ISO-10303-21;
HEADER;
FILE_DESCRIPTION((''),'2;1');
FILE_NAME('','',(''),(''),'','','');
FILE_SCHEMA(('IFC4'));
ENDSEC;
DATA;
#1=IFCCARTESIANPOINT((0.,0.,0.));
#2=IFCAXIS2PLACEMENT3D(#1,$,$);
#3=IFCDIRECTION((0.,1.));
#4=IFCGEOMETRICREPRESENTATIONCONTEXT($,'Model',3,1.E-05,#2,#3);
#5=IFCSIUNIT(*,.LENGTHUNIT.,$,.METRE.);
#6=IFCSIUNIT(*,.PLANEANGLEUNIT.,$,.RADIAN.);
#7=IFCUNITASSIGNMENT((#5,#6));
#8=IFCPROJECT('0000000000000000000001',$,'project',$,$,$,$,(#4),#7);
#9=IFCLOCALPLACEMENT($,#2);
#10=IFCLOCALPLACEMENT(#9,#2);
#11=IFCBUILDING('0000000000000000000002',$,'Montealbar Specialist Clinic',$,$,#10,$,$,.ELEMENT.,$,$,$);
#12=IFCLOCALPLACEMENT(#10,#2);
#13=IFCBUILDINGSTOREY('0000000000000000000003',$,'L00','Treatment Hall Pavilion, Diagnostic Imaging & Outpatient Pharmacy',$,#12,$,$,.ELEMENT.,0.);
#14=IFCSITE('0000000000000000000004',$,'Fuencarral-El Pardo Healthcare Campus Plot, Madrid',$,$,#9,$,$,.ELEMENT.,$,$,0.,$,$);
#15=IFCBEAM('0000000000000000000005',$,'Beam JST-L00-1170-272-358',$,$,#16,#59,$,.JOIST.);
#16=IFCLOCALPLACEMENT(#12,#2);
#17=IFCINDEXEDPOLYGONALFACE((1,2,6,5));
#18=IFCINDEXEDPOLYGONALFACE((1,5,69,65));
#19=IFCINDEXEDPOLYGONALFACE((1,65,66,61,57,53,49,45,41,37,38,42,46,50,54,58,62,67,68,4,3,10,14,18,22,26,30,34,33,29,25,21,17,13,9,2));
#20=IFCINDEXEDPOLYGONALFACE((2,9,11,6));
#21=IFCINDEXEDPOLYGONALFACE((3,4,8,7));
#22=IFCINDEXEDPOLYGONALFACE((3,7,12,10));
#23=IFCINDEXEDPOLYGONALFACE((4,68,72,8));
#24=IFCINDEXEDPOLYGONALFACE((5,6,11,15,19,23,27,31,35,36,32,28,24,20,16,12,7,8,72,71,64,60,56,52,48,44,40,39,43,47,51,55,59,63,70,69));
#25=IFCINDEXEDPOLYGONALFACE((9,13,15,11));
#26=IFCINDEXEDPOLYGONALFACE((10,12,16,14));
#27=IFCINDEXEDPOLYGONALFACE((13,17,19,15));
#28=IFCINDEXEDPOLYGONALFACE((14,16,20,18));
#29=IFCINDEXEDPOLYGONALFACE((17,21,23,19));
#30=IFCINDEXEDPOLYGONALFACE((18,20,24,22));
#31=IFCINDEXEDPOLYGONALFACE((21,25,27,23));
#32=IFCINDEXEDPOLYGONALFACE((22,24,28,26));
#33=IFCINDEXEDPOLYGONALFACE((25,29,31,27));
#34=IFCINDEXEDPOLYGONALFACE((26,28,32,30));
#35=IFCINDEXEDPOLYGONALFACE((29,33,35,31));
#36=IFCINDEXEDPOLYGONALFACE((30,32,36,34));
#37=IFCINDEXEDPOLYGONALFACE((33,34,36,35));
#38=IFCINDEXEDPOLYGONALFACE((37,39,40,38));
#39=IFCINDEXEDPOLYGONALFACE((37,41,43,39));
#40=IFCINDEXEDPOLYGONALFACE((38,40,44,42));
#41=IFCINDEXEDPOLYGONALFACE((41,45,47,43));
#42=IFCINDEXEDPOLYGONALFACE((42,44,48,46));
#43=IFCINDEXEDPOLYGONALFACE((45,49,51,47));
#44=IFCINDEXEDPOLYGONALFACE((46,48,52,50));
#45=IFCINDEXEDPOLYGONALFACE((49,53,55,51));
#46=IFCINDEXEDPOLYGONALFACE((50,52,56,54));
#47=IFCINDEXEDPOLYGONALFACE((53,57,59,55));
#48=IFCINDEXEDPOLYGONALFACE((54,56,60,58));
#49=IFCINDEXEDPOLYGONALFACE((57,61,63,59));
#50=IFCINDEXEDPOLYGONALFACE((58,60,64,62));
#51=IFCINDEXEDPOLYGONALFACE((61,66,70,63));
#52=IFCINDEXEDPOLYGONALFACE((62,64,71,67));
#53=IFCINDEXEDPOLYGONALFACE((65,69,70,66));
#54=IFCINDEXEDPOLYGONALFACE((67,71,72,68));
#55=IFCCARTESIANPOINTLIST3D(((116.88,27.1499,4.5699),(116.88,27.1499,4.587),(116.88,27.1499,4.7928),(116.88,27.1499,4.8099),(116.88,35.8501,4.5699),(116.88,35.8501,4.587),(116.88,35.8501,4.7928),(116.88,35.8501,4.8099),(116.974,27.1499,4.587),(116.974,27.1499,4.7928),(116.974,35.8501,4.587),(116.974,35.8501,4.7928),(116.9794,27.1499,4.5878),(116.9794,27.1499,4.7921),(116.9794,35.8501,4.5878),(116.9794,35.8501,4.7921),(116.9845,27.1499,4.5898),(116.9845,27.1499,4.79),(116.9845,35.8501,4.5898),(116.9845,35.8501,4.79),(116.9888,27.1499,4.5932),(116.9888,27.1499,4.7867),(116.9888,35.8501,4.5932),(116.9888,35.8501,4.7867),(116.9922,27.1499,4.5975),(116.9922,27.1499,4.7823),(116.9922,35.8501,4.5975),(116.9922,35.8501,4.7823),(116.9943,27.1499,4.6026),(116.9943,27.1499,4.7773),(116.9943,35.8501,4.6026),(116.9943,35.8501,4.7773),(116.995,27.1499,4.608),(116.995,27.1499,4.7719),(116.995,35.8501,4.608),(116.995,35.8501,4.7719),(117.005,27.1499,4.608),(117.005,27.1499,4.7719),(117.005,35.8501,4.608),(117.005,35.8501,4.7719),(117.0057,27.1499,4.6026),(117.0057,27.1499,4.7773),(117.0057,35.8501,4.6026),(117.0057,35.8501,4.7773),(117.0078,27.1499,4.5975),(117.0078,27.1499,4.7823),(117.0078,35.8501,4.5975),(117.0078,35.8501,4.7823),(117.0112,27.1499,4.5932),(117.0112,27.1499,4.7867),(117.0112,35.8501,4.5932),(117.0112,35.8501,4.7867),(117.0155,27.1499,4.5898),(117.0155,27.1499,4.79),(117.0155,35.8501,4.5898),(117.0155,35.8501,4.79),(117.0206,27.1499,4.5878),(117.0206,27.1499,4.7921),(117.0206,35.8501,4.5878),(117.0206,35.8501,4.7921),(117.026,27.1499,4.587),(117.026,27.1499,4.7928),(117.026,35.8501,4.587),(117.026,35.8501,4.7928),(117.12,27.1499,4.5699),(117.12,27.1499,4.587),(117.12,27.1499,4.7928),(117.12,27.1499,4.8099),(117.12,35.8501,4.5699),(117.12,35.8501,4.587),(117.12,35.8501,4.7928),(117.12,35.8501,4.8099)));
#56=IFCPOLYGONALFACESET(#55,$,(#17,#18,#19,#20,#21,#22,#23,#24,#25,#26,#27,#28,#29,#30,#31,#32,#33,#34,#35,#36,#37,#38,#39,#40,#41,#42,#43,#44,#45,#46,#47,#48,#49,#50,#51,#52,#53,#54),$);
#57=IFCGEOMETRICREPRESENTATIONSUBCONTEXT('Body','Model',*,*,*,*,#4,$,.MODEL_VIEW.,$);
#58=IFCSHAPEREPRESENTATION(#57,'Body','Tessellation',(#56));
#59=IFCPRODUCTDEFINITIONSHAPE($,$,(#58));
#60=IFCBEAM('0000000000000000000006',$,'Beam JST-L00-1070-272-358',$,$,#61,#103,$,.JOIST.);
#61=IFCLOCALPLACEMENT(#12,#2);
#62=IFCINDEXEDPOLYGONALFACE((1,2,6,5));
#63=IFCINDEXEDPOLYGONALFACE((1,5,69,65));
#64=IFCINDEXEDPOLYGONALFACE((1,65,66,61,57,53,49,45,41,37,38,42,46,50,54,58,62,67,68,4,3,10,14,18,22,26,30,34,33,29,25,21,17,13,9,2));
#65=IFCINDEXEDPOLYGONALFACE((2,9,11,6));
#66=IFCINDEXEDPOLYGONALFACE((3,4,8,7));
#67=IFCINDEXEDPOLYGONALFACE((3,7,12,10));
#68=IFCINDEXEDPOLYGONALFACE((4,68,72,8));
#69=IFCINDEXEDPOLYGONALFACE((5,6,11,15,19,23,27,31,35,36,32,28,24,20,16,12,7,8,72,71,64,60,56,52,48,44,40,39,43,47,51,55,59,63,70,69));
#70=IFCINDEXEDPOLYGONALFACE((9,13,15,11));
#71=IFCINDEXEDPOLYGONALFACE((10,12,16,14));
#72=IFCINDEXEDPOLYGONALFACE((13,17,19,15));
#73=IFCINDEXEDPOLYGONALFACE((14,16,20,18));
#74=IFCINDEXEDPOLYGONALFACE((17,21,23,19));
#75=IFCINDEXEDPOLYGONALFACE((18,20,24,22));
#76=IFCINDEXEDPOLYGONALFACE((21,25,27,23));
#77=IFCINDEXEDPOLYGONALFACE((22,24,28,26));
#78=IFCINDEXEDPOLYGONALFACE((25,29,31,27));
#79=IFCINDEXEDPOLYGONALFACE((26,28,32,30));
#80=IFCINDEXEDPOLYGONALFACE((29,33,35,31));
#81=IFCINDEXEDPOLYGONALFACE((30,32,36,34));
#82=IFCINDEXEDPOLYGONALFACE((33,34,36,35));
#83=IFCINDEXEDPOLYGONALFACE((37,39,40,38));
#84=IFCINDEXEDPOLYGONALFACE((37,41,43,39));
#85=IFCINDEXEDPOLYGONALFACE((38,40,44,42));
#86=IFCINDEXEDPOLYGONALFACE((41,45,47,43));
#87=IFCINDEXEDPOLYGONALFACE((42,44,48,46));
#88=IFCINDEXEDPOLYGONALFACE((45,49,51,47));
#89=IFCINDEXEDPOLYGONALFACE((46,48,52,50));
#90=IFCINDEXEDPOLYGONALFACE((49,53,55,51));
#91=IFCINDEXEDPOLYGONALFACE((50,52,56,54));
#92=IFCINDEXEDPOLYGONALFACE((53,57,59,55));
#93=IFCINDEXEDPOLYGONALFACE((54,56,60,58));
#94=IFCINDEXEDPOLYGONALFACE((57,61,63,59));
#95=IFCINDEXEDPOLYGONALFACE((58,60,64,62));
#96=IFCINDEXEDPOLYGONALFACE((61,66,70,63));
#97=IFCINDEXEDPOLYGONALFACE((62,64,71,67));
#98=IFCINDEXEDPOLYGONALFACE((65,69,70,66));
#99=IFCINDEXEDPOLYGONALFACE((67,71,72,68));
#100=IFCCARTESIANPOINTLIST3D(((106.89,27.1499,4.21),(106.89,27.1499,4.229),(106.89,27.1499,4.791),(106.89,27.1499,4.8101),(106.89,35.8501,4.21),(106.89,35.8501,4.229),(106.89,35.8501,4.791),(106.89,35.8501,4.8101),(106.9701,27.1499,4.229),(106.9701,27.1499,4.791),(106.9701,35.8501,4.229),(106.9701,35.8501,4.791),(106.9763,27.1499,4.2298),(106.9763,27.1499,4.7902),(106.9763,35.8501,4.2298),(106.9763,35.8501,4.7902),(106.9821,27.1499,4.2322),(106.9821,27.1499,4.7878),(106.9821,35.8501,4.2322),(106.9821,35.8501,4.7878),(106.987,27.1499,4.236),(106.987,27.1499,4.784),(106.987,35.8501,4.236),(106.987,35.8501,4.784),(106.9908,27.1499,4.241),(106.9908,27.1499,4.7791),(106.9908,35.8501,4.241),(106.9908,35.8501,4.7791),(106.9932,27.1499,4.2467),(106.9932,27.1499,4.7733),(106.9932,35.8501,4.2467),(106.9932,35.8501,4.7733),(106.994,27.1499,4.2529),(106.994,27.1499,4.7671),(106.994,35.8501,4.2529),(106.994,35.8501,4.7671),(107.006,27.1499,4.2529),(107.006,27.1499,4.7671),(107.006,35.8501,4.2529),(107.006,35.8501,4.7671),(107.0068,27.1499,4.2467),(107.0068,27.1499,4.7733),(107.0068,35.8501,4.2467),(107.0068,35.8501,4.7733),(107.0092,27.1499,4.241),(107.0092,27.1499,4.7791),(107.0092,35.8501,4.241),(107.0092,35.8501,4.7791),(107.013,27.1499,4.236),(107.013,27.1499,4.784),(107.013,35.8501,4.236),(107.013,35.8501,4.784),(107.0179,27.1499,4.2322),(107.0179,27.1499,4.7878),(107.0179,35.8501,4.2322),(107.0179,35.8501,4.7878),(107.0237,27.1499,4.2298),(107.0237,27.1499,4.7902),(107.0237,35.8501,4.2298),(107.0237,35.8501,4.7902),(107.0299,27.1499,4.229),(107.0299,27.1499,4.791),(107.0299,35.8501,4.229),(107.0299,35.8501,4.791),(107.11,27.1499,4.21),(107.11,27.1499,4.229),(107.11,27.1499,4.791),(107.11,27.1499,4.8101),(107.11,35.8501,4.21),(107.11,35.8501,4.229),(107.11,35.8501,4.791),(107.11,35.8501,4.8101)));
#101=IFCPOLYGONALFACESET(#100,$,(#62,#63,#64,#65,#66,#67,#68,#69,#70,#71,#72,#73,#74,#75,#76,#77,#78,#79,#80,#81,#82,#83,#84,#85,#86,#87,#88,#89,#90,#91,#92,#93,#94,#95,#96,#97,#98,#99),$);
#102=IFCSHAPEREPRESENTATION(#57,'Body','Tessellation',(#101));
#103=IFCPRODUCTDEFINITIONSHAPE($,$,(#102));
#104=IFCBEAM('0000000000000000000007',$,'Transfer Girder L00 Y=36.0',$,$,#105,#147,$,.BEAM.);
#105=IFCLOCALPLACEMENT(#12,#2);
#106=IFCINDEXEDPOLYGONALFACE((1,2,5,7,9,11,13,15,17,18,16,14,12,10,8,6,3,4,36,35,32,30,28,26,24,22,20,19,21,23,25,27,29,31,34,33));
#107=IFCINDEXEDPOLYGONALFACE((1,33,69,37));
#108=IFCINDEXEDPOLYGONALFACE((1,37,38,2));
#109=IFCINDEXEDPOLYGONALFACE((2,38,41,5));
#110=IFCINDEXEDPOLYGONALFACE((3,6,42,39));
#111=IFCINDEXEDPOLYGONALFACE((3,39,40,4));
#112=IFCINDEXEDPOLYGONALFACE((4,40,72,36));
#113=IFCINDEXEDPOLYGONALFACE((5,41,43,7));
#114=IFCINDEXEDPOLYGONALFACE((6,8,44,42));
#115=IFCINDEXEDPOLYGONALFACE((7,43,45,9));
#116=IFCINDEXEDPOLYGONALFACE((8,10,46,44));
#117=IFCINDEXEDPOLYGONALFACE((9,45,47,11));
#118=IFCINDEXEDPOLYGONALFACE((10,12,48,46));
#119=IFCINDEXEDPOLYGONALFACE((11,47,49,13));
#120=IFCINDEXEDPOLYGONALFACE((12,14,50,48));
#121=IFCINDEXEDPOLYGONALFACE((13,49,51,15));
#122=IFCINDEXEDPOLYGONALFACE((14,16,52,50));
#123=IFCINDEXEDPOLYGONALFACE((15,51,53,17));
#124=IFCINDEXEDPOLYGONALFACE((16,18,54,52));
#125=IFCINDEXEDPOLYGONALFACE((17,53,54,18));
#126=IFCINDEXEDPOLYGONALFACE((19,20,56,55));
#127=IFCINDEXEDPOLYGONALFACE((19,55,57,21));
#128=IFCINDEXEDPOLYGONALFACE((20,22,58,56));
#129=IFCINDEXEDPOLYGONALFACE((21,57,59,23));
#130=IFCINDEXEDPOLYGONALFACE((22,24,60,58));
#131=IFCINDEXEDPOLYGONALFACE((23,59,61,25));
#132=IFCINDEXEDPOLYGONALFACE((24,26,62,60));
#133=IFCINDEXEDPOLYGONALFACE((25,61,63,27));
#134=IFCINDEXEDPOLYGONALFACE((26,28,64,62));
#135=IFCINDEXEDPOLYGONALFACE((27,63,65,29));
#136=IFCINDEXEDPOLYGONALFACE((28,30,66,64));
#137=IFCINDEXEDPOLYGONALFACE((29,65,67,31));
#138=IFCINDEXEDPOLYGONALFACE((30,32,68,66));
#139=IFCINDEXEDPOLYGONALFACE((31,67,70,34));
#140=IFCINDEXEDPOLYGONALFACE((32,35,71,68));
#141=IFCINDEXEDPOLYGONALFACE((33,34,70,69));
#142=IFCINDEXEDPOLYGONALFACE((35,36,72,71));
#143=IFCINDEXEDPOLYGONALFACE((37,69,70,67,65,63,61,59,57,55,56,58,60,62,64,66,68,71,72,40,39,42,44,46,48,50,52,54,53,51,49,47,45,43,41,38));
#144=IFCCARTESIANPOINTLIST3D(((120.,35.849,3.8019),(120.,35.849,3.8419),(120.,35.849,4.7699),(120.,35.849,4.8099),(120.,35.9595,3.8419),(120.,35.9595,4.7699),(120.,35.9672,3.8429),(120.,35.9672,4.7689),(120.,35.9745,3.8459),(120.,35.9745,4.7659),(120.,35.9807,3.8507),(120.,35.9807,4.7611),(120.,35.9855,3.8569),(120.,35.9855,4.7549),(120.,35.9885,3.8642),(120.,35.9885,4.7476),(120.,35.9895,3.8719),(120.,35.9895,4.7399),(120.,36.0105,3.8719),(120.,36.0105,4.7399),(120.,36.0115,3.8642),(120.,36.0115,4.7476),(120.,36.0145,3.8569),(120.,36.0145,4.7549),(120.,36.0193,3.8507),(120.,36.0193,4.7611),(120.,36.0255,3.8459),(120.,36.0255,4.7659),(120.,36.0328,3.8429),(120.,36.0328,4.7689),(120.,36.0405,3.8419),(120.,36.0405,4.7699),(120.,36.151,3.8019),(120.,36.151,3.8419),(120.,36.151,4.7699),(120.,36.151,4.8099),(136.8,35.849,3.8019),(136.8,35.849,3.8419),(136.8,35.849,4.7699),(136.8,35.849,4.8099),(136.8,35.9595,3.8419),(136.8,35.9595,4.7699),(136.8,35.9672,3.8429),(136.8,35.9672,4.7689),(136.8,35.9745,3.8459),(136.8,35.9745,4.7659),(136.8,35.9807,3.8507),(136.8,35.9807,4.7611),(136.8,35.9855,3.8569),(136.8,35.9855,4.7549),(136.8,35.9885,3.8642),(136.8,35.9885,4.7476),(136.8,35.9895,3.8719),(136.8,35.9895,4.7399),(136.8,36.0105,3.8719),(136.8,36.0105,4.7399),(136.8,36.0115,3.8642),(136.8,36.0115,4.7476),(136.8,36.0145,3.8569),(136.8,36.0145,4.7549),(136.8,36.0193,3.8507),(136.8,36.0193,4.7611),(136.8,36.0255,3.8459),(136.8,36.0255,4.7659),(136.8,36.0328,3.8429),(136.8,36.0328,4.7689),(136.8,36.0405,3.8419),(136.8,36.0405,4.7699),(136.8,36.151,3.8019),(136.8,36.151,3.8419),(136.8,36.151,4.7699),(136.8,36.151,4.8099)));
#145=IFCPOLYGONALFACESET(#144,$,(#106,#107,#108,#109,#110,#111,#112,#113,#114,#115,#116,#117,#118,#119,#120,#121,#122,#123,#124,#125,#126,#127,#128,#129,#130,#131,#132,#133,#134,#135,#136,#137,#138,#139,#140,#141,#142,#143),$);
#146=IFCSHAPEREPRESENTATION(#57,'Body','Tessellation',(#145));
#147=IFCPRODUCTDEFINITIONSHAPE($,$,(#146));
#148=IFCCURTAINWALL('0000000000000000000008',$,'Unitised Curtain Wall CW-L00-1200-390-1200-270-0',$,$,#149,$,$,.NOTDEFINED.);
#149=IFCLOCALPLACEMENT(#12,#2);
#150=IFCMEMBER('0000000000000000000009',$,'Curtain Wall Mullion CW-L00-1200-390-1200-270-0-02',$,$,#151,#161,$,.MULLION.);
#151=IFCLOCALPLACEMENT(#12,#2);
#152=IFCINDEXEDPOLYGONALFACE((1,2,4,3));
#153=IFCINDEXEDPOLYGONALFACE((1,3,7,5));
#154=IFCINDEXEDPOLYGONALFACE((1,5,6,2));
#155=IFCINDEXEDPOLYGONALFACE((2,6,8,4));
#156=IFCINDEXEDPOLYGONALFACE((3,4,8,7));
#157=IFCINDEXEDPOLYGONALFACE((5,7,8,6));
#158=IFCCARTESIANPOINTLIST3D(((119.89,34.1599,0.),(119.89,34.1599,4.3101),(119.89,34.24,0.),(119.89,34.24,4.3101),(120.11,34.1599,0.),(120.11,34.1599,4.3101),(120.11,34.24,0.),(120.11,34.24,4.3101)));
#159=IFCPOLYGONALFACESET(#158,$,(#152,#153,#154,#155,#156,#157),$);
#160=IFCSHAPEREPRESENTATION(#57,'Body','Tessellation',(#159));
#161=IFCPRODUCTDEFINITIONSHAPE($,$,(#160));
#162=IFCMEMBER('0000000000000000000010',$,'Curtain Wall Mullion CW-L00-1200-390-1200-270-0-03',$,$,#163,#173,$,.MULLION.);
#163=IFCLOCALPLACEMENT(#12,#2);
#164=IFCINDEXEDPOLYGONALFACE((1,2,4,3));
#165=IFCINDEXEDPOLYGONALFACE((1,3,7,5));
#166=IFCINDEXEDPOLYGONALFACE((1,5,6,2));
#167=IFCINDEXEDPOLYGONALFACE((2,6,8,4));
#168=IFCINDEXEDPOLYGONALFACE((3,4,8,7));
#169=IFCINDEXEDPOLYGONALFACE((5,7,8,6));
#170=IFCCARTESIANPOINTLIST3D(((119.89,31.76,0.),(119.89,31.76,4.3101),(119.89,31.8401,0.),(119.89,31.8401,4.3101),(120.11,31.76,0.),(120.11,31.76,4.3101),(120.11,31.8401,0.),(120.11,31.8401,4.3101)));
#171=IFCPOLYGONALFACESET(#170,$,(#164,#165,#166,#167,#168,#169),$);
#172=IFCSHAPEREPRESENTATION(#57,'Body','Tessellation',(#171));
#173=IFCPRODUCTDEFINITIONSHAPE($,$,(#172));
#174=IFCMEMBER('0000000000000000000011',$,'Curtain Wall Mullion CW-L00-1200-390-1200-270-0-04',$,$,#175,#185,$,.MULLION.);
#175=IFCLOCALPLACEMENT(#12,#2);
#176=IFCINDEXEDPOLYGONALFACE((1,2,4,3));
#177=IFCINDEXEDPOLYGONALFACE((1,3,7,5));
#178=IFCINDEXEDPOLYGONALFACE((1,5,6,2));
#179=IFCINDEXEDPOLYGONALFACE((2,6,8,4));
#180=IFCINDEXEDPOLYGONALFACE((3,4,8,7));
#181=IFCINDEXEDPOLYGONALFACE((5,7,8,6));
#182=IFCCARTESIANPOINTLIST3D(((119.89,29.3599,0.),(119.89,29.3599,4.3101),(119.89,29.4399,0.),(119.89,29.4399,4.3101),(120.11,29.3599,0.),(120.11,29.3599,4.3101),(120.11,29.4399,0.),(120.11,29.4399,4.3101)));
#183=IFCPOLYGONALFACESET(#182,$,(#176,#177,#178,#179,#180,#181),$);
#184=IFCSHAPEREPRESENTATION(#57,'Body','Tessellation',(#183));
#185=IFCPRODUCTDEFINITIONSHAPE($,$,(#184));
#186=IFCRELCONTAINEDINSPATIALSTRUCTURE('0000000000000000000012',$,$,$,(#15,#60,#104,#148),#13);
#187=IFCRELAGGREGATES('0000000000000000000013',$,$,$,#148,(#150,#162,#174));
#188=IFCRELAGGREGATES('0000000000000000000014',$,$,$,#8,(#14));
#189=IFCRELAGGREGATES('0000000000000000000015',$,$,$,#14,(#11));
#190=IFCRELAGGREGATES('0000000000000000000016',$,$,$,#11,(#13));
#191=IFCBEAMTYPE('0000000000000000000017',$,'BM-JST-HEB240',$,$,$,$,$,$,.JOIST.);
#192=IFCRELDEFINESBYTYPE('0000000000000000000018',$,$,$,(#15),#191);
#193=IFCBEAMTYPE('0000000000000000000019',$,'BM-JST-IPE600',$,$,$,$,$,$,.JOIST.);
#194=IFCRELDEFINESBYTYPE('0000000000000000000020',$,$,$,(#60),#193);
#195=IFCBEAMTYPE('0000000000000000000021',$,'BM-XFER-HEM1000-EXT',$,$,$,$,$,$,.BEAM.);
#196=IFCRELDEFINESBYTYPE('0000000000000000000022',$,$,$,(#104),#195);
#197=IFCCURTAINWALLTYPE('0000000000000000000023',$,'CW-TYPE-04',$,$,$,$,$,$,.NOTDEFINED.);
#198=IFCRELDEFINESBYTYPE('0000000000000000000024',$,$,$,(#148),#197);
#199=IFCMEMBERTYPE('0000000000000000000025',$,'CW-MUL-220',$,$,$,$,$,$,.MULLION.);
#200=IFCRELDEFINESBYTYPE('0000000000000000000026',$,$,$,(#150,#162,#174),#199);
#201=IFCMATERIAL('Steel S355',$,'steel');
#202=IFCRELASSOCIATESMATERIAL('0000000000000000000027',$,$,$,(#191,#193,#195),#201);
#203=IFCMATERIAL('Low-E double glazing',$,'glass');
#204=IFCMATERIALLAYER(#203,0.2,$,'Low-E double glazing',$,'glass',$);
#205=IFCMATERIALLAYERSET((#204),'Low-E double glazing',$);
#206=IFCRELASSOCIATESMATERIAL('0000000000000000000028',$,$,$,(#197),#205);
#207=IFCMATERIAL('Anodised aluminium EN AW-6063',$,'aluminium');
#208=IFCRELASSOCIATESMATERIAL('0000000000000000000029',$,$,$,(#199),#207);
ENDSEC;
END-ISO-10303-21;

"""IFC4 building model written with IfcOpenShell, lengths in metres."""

from ifc_helpers import new_model, si_unit, direction, frame, origin, origin_2d, place, context, subcontext, project, spatial, rectangle, i_section, extrude, material, layer, layer_set, material_profile, profile_set, type_object, element, aggregate, save


model = new_model("IFC4")

# Units and contexts
model_context = context("Model", 3, precision=1e-05, world=origin(), true_north=direction((0.0, 1.0)))
body_context = subcontext(model_context, "Body", "Model", "MODEL_VIEW")
ifc_project = project(units=[si_unit("LENGTHUNIT", "METRE"), si_unit("PLANEANGLEUNIT", "RADIAN")], contexts=[model_context])

# Site, building, storey
site_placement = place(None, origin())
site = spatial("IfcSite", under=ifc_project, at=site_placement, Name="Fuencarral-El Pardo Healthcare Campus Plot, Madrid", CompositionType="ELEMENT", RefElevation=0.0)
building_placement = place(site_placement, origin())
building = spatial("IfcBuilding", under=site, at=building_placement, Name="Montealbar Specialist Clinic", CompositionType="ELEMENT")
storey_placement = place(building_placement, origin())
storey = spatial("IfcBuildingStorey", under=building, at=storey_placement, Name="L00", Description="Treatment Hall Pavilion, Diagnostic Imaging & Outpatient Pharmacy", CompositionType="ELEMENT", Elevation=0.0)

# Shared definitions
ifc_material_1 = material(Name="Steel S355", Category="steel")

# Beams
ifc_material_profile_1 = material_profile(ifc_material_1, i_section(OverallWidth=0.24, OverallDepth=0.24, WebThickness=0.01, FlangeThickness=0.0171, FilletRadius=0.021, at=origin_2d()), Name="HEB 240", Category="steel")
ifc_profile_set_1 = profile_set([ifc_material_profile_1], Name="Steel S355")
beam_type_1 = type_object("IfcBeamType", Name="BM-JST-HEB240", PredefinedType="JOIST", material=ifc_profile_set_1)
beam_1_placement = place(storey_placement, frame((117.0, 27.1499, 4.6899), z_axis=(0.0, 1.0, 0.0), x_axis=(-1.0, 0.0, 0.0)))
element("IfcBeam", 1, at=beam_1_placement, inside=storey, type_object=beam_type_1, Name="Beam JST-L00-1170-272-358", PredefinedType="JOIST", context=body_context, shape_type="SweptSolid", body=[
    extrude(i_section(OverallWidth=0.24, OverallDepth=0.24, WebThickness=0.01, FlangeThickness=0.0171, FilletRadius=0.021, at=origin_2d()), origin(), (0.0, 0.0, 1.0), 8.7002),
])
ifc_material_profile_2 = material_profile(ifc_material_1, i_section(OverallWidth=0.22, OverallDepth=0.6001, WebThickness=0.012, FlangeThickness=0.019, FilletRadius=0.0239, at=origin_2d()), Name="IPE 600", Category="steel")
ifc_profile_set_2 = profile_set([ifc_material_profile_2], Name="Steel S355")
beam_type_2 = type_object("IfcBeamType", Name="BM-JST-IPE600", PredefinedType="JOIST", material=ifc_profile_set_2)
beam_2_placement = place(storey_placement, frame((107.0, 27.1499, 4.51), z_axis=(0.0, 1.0, 0.0), x_axis=(-1.0, 0.0, 0.0)))
element("IfcBeam", 2, at=beam_2_placement, inside=storey, type_object=beam_type_2, Name="Beam JST-L00-1070-272-358", PredefinedType="JOIST", context=body_context, shape_type="SweptSolid", body=[
    extrude(i_section(OverallWidth=0.22, OverallDepth=0.6001, WebThickness=0.012, FlangeThickness=0.019, FilletRadius=0.0239, at=origin_2d()), origin(), (0.0, 0.0, 1.0), 8.7002),
])
ifc_material_profile_3 = material_profile(ifc_material_1, i_section(OverallWidth=0.302, OverallDepth=1.0081, WebThickness=0.021, FlangeThickness=0.04, FilletRadius=0.03, at=origin_2d()), Name="HEM 1000", Category="steel")
ifc_profile_set_3 = profile_set([ifc_material_profile_3], Name="Steel S355")
beam_type_3 = type_object("IfcBeamType", Name="BM-XFER-HEM1000-EXT", PredefinedType="BEAM", material=ifc_profile_set_3)
beam_3_placement = place(storey_placement, frame((120.0, 36.0, 4.3059), z_axis=(1.0, 0.0, 0.0), x_axis=(0.0, 1.0, 0.0)))
element("IfcBeam", 3, at=beam_3_placement, inside=storey, type_object=beam_type_3, Name="Transfer Girder L00 Y=36.0", PredefinedType="BEAM", context=body_context, shape_type="SweptSolid", body=[
    extrude(i_section(OverallWidth=0.302, OverallDepth=1.0081, WebThickness=0.021, FlangeThickness=0.04, FilletRadius=0.03, at=origin_2d()), origin(), (0.0, 0.0, 1.0), 16.8),
])

# Curtain wall, members
ifc_material_2 = material(Name="Low-E double glazing", Category="glass")
ifc_layer_1 = layer(ifc_material_2, 0.2, Name="Low-E double glazing", Category="glass")
ifc_layer_set_1 = layer_set([ifc_layer_1], Name="Low-E double glazing")
curtain_wall_type = type_object("IfcCurtainWallType", Name="CW-TYPE-04", PredefinedType="NOTDEFINED", material=ifc_layer_set_1)
curtain_wall_placement = place(storey_placement, origin())
curtain_wall = element("IfcCurtainWall", 4, at=curtain_wall_placement, inside=storey, type_object=curtain_wall_type, Name="Unitised Curtain Wall CW-L00-1200-390-1200-270-0", PredefinedType="NOTDEFINED")
ifc_material_3 = material(Name="Anodised aluminium EN AW-6063", Category="aluminium")
ifc_material_profile_4 = material_profile(ifc_material_3, rectangle(XDim=0.0801, YDim=0.22, at=origin_2d()), Name="ALU 80x220", Category="aluminium")
ifc_profile_set_4 = profile_set([ifc_material_profile_4], Name="Anodised aluminium EN AW-6063")
member_type = type_object("IfcMemberType", Name="CW-MUL-220", PredefinedType="MULLION", material=ifc_profile_set_4)
member_1_placement = place(storey_placement, frame((120.0, 34.2, 0.0), z_axis=(0.0, 0.0, 1.0), x_axis=(0.0, -1.0, 0.0)))
member_1 = element("IfcMember", 5, at=member_1_placement, type_object=member_type, Name="Curtain Wall Mullion CW-L00-1200-390-1200-270-0-02", PredefinedType="MULLION", context=body_context, shape_type="SweptSolid", body=[
    extrude(rectangle(XDim=0.0801, YDim=0.22, at=origin_2d()), origin(), (0.0, 0.0, 1.0), 4.3101),
])
member_2_placement = place(storey_placement, frame((120.0, 31.8, 0.0), z_axis=(0.0, 0.0, 1.0), x_axis=(0.0, -1.0, 0.0)))
member_2 = element("IfcMember", 6, at=member_2_placement, type_object=member_type, Name="Curtain Wall Mullion CW-L00-1200-390-1200-270-0-03", PredefinedType="MULLION", context=body_context, shape_type="SweptSolid", body=[
    extrude(rectangle(XDim=0.0801, YDim=0.22, at=origin_2d()), origin(), (0.0, 0.0, 1.0), 4.3101),
])
member_3_placement = place(storey_placement, frame((120.0, 29.3999, 0.0), z_axis=(0.0, 0.0, 1.0), x_axis=(0.0, -1.0, 0.0)))
member_3 = element("IfcMember", 7, at=member_3_placement, type_object=member_type, Name="Curtain Wall Mullion CW-L00-1200-390-1200-270-0-04", PredefinedType="MULLION", context=body_context, shape_type="SweptSolid", body=[
    extrude(rectangle(XDim=0.0801, YDim=0.22, at=origin_2d()), origin(), (0.0, 0.0, 1.0), 4.3101),
])
aggregate(curtain_wall, [member_1, member_2, member_3])

save(model, "model.ifc")
